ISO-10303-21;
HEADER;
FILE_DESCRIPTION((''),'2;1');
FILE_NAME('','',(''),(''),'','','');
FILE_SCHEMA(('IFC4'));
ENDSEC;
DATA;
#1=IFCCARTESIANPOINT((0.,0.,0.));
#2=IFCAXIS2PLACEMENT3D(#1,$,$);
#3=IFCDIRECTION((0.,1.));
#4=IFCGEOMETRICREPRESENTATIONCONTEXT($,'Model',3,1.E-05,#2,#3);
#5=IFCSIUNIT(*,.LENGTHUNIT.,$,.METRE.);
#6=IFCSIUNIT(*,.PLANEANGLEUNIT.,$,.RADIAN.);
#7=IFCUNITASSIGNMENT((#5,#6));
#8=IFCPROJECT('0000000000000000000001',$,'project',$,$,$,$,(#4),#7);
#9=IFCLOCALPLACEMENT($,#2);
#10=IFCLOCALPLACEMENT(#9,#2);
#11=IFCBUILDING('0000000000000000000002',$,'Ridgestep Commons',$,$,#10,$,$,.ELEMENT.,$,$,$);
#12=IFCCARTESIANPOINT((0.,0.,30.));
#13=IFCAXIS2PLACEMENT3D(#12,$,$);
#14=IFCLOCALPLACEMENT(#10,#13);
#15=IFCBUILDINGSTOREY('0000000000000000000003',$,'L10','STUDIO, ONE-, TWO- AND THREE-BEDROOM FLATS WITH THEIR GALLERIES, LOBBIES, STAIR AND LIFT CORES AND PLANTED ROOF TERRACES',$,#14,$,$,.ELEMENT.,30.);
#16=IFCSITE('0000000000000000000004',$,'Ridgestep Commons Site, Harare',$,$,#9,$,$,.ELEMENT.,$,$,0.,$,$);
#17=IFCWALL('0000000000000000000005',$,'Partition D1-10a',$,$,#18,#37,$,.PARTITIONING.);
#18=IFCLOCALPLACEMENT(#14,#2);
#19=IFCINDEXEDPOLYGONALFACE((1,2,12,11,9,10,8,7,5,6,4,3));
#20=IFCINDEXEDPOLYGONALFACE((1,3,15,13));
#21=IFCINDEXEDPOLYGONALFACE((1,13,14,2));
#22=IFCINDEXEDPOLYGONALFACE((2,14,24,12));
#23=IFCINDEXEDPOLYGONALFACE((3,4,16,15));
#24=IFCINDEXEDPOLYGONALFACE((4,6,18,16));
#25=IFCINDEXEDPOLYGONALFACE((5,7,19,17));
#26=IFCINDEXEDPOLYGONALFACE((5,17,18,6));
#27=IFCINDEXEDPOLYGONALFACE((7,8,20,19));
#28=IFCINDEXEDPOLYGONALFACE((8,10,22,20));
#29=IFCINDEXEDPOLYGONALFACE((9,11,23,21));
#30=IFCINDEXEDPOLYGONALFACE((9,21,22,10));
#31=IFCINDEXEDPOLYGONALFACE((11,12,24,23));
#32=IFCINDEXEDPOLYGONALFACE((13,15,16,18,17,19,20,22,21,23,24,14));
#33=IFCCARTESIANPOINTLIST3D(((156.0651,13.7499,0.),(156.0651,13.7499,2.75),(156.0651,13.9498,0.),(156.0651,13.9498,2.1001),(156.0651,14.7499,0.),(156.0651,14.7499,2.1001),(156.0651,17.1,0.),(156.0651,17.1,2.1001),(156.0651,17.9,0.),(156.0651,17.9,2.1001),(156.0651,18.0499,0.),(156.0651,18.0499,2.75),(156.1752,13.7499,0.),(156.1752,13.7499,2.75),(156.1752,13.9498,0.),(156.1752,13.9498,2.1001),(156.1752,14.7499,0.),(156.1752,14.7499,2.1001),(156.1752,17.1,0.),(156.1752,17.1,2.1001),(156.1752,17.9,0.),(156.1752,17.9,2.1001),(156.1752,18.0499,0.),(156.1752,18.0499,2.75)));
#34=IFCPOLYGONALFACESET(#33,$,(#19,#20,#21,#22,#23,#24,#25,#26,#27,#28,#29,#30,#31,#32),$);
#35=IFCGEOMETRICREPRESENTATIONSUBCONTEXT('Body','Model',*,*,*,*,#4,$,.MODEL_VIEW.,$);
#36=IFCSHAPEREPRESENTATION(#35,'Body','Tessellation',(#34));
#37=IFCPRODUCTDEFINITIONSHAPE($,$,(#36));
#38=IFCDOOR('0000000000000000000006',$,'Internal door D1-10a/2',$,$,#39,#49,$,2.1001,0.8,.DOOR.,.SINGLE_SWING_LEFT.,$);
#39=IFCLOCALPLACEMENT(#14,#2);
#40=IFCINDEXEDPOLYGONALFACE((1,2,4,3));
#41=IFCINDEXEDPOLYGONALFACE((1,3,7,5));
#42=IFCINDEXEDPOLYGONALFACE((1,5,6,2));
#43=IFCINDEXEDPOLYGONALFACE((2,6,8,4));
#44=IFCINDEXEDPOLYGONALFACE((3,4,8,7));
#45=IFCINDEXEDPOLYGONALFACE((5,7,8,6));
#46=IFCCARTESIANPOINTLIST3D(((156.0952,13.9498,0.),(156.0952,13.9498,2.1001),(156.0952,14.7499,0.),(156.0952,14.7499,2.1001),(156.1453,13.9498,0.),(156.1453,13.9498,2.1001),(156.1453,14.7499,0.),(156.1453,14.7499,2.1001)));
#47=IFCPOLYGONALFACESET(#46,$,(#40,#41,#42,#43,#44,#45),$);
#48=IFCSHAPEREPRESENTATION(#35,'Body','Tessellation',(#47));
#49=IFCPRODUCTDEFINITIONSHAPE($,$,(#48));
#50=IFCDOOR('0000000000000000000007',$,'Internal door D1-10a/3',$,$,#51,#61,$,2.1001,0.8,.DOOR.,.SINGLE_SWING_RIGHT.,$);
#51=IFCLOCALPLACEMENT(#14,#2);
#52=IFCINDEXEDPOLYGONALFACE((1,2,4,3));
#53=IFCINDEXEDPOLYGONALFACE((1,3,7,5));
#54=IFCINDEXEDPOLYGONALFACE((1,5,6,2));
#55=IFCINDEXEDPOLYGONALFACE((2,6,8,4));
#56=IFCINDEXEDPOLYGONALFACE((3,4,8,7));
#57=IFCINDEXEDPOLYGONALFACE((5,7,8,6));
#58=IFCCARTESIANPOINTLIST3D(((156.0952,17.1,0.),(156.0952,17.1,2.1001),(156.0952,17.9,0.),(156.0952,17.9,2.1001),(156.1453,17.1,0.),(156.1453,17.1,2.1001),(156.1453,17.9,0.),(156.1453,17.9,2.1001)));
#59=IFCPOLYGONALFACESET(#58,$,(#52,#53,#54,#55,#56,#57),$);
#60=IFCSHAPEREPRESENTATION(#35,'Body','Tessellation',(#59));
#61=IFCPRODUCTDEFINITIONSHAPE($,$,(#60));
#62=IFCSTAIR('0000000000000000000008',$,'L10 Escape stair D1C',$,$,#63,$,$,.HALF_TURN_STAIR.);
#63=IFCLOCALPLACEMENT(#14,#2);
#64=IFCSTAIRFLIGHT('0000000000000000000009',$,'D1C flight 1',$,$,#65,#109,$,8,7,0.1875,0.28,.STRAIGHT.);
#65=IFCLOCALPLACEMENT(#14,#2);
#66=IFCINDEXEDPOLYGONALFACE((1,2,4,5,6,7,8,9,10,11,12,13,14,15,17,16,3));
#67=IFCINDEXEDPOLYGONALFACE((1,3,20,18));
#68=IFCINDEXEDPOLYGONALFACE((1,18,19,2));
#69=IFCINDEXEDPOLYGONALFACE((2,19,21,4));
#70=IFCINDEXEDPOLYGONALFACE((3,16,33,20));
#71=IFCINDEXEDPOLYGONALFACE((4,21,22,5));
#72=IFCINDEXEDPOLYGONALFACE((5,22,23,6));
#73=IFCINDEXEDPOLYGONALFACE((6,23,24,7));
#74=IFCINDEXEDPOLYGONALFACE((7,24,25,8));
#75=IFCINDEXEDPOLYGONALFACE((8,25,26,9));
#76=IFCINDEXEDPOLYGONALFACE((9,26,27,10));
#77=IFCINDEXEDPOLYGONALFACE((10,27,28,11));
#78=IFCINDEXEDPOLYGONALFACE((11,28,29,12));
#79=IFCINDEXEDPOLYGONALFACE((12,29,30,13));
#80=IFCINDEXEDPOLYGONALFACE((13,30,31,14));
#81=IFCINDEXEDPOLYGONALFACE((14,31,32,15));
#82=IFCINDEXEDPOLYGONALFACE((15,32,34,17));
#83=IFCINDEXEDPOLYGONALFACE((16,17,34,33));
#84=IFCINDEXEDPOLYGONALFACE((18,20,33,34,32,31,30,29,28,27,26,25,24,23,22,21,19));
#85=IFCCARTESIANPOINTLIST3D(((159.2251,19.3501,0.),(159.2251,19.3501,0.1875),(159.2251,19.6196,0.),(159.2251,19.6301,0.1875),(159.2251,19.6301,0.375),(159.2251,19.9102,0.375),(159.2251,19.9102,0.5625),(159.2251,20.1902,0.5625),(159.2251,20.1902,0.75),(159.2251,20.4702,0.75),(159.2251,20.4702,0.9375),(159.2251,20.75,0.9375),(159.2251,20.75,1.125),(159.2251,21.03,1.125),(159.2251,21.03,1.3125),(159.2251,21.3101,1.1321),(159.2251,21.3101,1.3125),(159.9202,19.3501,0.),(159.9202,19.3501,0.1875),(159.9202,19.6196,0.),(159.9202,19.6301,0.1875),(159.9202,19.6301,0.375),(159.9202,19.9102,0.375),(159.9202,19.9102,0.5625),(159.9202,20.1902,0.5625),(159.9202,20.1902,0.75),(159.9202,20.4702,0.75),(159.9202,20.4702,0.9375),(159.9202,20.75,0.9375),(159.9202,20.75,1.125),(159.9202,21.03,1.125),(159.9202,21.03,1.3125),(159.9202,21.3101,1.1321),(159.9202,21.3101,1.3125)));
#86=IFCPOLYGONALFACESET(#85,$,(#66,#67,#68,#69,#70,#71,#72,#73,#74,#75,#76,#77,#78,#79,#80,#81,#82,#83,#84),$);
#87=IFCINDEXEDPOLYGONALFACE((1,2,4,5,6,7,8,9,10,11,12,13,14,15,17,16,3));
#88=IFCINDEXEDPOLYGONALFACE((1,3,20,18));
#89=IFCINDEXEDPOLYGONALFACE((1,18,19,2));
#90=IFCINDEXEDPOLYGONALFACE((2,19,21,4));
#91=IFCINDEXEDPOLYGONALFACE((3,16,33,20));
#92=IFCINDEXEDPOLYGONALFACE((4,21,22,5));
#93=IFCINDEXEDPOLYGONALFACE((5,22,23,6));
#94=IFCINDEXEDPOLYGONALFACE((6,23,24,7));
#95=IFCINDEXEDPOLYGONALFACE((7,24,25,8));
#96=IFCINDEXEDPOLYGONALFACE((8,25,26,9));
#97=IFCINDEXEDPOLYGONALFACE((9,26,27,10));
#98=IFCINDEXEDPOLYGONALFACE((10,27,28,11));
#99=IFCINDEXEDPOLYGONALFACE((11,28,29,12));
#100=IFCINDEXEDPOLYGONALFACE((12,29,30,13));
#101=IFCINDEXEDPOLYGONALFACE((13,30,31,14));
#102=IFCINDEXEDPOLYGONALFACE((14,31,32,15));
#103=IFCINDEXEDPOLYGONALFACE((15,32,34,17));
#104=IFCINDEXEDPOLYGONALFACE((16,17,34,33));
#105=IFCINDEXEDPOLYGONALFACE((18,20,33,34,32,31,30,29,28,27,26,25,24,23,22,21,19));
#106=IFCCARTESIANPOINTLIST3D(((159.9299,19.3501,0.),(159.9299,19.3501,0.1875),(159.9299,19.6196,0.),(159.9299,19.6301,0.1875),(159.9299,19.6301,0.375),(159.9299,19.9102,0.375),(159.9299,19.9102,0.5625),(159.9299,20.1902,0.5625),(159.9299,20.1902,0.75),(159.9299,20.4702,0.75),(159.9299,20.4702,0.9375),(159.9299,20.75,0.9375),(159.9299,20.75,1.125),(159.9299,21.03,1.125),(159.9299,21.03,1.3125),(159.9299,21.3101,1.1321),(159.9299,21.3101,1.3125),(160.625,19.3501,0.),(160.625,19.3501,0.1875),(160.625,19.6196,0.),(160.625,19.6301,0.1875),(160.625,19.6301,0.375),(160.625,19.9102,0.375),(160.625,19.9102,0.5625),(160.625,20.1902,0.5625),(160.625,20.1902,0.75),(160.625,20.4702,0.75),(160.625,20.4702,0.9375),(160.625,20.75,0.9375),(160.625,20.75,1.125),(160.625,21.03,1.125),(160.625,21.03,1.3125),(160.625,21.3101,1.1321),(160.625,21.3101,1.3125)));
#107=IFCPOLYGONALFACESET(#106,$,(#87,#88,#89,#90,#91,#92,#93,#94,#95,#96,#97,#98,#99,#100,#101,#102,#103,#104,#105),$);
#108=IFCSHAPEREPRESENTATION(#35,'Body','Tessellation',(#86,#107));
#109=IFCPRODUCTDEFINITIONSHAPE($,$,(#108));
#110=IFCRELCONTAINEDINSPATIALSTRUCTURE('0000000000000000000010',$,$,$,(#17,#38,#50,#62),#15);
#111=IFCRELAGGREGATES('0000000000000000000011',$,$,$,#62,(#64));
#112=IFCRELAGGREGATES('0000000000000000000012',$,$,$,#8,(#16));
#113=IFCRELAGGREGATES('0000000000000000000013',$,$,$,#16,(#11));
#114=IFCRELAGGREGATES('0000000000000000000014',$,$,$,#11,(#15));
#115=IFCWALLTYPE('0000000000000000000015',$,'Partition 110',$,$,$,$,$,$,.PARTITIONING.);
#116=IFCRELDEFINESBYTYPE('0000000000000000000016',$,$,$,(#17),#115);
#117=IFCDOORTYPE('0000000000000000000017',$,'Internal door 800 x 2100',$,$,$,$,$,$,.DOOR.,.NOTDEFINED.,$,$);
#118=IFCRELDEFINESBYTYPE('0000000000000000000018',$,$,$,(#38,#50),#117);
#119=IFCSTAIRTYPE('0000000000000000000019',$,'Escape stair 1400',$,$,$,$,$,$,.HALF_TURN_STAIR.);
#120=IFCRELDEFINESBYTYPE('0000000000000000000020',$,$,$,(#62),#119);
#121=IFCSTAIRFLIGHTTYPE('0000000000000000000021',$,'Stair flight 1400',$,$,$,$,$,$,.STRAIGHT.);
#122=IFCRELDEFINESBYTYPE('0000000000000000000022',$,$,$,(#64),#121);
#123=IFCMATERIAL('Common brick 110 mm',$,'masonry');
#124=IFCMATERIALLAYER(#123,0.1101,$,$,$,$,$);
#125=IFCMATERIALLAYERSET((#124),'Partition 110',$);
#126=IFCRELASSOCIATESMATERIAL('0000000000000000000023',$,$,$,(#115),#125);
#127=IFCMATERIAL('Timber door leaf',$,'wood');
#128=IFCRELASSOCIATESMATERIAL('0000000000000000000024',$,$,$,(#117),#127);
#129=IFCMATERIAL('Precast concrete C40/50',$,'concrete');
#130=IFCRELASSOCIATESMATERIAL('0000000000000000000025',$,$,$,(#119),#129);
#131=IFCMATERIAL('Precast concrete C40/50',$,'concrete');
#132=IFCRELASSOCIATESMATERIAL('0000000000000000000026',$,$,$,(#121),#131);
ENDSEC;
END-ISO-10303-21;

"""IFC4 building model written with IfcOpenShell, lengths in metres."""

from ifc_helpers import new_model, si_unit, direction, frame, frame_2d, origin, place, context, subcontext, project, spatial, polyline, rectangle, outline, extrude, material, layer, layer_set, type_object, element, fill, aggregate, save


model = new_model("IFC4")

# Units and contexts
model_context = context("Model", 3, precision=1e-05, world=origin(), true_north=direction((0.0, 1.0)))
body_context = subcontext(model_context, "Body", "Model", "MODEL_VIEW")
ifc_project = project(units=[si_unit("LENGTHUNIT", "METRE"), si_unit("PLANEANGLEUNIT", "RADIAN")], contexts=[model_context])

# Site, building, storey
site_placement = place(None, origin())
site = spatial("IfcSite", under=ifc_project, at=site_placement, Name="Ridgestep Commons Site, Harare", CompositionType="ELEMENT", RefElevation=0.0)
building_placement = place(site_placement, origin())
building = spatial("IfcBuilding", under=site, at=building_placement, Name="Ridgestep Commons", CompositionType="ELEMENT")
storey_placement = place(building_placement, frame((0.0, 0.0, 30.0)))
storey = spatial("IfcBuildingStorey", under=building, at=storey_placement, Name="L10", Description="STUDIO, ONE-, TWO- AND THREE-BEDROOM FLATS WITH THEIR GALLERIES, LOBBIES, STAIR AND LIFT CORES AND PLANTED ROOF TERRACES", CompositionType="ELEMENT", Elevation=30.0)

# Wall, openings, doors
ifc_material_1 = material(Name="Common brick 110 mm", Category="masonry")
ifc_layer_1 = layer(ifc_material_1, 0.1101)
ifc_layer_set_1 = layer_set([ifc_layer_1], Name="Partition 110")
wall_type_1 = type_object("IfcWallType", Name="Partition 110", PredefinedType="PARTITIONING", material=ifc_layer_set_1)
wall_1_placement = place(storey_placement, frame((156.1201, 13.75, 0.0), z_axis=(0.0, 0.0, 1.0), x_axis=(0.0, 1.0, 0.0)))
wall_1 = element("IfcWall", 1, at=wall_1_placement, inside=storey, type_object=wall_type_1, Name="Partition D1-10a", PredefinedType="PARTITIONING", context=body_context, shape_type="SweptSolid", body=[
    extrude(rectangle(XDim=4.3, YDim=0.1101, at=frame_2d((2.1499, 0.0))), origin(), (0.0, 0.0, 1.0), 2.75),
])
opening_1_placement = place(wall_1_placement, frame((0.2, 0.0, 0.0)))
opening_1 = element("IfcOpeningElement", 2, at=opening_1_placement, cuts=wall_1, PredefinedType="OPENING", context=body_context, shape_type="SweptSolid", body=[
    extrude(rectangle(XDim=0.8, YDim=2.1001, at=frame_2d((0.3999, 1.05))), frame((0.0, 0.0649, 0.0), z_axis=(0.0, -1.0, 0.0), x_axis=(1.0, 0.0, 0.0)), (0.0, 0.0, 1.0), 0.1301),
])
opening_2_placement = place(wall_1_placement, frame((3.3501, 0.0, 0.0)))
opening_2 = element("IfcOpeningElement", 3, at=opening_2_placement, cuts=wall_1, PredefinedType="OPENING", context=body_context, shape_type="SweptSolid", body=[
    extrude(rectangle(XDim=0.8, YDim=2.1001, at=frame_2d((0.3999, 1.05))), frame((0.0, 0.0649, 0.0), z_axis=(0.0, -1.0, 0.0), x_axis=(1.0, 0.0, 0.0)), (0.0, 0.0, 1.0), 0.1301),
])
ifc_material_2 = material(Name="Timber door leaf", Category="wood")
door_type_1 = type_object("IfcDoorType", Name="Internal door 800 x 2100", OperationType="NOTDEFINED", PredefinedType="DOOR", material=ifc_material_2)
door_1_placement = place(opening_1_placement, origin())
door_1 = element("IfcDoor", 4, at=door_1_placement, inside=storey, type_object=door_type_1, Name="Internal door D1-10a/2", OperationType="SINGLE_SWING_LEFT", OverallHeight=2.1001, OverallWidth=0.8, PredefinedType="DOOR", context=body_context, shape_type="SweptSolid", body=[
    extrude(rectangle(XDim=0.8, YDim=2.1001, at=frame_2d((0.3999, 1.05))), frame((0.0, 0.0249, 0.0), z_axis=(0.0, -1.0, 0.0), x_axis=(1.0, 0.0, 0.0)), (0.0, 0.0, 1.0), 0.05),
])
fill(opening_1, door_1)
door_2_placement = place(opening_2_placement, origin())
door_2 = element("IfcDoor", 5, at=door_2_placement, inside=storey, type_object=door_type_1, Name="Internal door D1-10a/3", OperationType="SINGLE_SWING_RIGHT", OverallHeight=2.1001, OverallWidth=0.8, PredefinedType="DOOR", context=body_context, shape_type="SweptSolid", body=[
    extrude(rectangle(XDim=0.8, YDim=2.1001, at=frame_2d((0.3999, 1.05))), frame((0.0, 0.0249, 0.0), z_axis=(0.0, -1.0, 0.0), x_axis=(1.0, 0.0, 0.0)), (0.0, 0.0, 1.0), 0.05),
])
fill(opening_2, door_2)

# Stair, stair flight
ifc_material_3 = material(Name="Precast concrete C40/50", Category="concrete")
stair_type = type_object("IfcStairType", Name="Escape stair 1400", PredefinedType="HALF_TURN_STAIR", material=ifc_material_3)
stair_placement = place(storey_placement, origin())
stair = element("IfcStair", 6, at=stair_placement, inside=storey, type_object=stair_type, Name="L10 Escape stair D1C", PredefinedType="HALF_TURN_STAIR")
ifc_material_4 = material(Name="Precast concrete C40/50", Category="concrete")
stair_flight_type = type_object("IfcStairFlightType", Name="Stair flight 1400", PredefinedType="STRAIGHT", material=ifc_material_4)
stair_flight_placement = place(storey_placement, frame((159.925, 19.3501, 0.0), z_axis=(0.0, 0.0, 1.0), x_axis=(0.0, 1.0, 0.0)))
stair_flight = element("IfcStairFlight", 7, at=stair_flight_placement, type_object=stair_flight_type, Name="D1C flight 1", NumberOfRisers=8, NumberOfTreads=7, PredefinedType="STRAIGHT", RiserHeight=0.1875, TreadLength=0.28, context=body_context, shape_type="SweptSolid", body=[
    extrude(outline(polyline([(0.0, 0.0), (0.0, 0.1875), (0.28, 0.1875), (0.28, 0.375), (0.5601, 0.375), (0.5601, 0.5625), (0.8401, 0.5625), (0.8401, 0.75), (1.1201, 0.75), (1.1201, 0.9375), (1.3999, 0.9375), (1.3999, 1.125), (1.6799, 1.125), (1.6799, 1.3125), (1.96, 1.3125), (1.96, 1.5), (1.96, 1.1321), (0.2695, 0.0), (0.0, 0.0)])), frame((0.0, 0.7, 0.0), z_axis=(0.0, -1.0, 0.0), x_axis=(1.0, 0.0, 0.0)), (0.0, 0.0, 1.0), 0.6951),
    extrude(outline(polyline([(0.0, 0.0), (0.0, 0.1875), (0.28, 0.1875), (0.28, 0.375), (0.5601, 0.375), (0.5601, 0.5625), (0.8401, 0.5625), (0.8401, 0.75), (1.1201, 0.75), (1.1201, 0.9375), (1.3999, 0.9375), (1.3999, 1.125), (1.6799, 1.125), (1.6799, 1.3125), (1.96, 1.3125), (1.96, 1.5), (1.96, 1.1321), (0.2695, 0.0), (0.0, 0.0)])), frame((0.0, -0.0049, 0.0), z_axis=(0.0, -1.0, 0.0), x_axis=(1.0, 0.0, 0.0)), (0.0, 0.0, 1.0), 0.6951),
])
aggregate(stair, [stair_flight])

save(model, "model.ifc")
